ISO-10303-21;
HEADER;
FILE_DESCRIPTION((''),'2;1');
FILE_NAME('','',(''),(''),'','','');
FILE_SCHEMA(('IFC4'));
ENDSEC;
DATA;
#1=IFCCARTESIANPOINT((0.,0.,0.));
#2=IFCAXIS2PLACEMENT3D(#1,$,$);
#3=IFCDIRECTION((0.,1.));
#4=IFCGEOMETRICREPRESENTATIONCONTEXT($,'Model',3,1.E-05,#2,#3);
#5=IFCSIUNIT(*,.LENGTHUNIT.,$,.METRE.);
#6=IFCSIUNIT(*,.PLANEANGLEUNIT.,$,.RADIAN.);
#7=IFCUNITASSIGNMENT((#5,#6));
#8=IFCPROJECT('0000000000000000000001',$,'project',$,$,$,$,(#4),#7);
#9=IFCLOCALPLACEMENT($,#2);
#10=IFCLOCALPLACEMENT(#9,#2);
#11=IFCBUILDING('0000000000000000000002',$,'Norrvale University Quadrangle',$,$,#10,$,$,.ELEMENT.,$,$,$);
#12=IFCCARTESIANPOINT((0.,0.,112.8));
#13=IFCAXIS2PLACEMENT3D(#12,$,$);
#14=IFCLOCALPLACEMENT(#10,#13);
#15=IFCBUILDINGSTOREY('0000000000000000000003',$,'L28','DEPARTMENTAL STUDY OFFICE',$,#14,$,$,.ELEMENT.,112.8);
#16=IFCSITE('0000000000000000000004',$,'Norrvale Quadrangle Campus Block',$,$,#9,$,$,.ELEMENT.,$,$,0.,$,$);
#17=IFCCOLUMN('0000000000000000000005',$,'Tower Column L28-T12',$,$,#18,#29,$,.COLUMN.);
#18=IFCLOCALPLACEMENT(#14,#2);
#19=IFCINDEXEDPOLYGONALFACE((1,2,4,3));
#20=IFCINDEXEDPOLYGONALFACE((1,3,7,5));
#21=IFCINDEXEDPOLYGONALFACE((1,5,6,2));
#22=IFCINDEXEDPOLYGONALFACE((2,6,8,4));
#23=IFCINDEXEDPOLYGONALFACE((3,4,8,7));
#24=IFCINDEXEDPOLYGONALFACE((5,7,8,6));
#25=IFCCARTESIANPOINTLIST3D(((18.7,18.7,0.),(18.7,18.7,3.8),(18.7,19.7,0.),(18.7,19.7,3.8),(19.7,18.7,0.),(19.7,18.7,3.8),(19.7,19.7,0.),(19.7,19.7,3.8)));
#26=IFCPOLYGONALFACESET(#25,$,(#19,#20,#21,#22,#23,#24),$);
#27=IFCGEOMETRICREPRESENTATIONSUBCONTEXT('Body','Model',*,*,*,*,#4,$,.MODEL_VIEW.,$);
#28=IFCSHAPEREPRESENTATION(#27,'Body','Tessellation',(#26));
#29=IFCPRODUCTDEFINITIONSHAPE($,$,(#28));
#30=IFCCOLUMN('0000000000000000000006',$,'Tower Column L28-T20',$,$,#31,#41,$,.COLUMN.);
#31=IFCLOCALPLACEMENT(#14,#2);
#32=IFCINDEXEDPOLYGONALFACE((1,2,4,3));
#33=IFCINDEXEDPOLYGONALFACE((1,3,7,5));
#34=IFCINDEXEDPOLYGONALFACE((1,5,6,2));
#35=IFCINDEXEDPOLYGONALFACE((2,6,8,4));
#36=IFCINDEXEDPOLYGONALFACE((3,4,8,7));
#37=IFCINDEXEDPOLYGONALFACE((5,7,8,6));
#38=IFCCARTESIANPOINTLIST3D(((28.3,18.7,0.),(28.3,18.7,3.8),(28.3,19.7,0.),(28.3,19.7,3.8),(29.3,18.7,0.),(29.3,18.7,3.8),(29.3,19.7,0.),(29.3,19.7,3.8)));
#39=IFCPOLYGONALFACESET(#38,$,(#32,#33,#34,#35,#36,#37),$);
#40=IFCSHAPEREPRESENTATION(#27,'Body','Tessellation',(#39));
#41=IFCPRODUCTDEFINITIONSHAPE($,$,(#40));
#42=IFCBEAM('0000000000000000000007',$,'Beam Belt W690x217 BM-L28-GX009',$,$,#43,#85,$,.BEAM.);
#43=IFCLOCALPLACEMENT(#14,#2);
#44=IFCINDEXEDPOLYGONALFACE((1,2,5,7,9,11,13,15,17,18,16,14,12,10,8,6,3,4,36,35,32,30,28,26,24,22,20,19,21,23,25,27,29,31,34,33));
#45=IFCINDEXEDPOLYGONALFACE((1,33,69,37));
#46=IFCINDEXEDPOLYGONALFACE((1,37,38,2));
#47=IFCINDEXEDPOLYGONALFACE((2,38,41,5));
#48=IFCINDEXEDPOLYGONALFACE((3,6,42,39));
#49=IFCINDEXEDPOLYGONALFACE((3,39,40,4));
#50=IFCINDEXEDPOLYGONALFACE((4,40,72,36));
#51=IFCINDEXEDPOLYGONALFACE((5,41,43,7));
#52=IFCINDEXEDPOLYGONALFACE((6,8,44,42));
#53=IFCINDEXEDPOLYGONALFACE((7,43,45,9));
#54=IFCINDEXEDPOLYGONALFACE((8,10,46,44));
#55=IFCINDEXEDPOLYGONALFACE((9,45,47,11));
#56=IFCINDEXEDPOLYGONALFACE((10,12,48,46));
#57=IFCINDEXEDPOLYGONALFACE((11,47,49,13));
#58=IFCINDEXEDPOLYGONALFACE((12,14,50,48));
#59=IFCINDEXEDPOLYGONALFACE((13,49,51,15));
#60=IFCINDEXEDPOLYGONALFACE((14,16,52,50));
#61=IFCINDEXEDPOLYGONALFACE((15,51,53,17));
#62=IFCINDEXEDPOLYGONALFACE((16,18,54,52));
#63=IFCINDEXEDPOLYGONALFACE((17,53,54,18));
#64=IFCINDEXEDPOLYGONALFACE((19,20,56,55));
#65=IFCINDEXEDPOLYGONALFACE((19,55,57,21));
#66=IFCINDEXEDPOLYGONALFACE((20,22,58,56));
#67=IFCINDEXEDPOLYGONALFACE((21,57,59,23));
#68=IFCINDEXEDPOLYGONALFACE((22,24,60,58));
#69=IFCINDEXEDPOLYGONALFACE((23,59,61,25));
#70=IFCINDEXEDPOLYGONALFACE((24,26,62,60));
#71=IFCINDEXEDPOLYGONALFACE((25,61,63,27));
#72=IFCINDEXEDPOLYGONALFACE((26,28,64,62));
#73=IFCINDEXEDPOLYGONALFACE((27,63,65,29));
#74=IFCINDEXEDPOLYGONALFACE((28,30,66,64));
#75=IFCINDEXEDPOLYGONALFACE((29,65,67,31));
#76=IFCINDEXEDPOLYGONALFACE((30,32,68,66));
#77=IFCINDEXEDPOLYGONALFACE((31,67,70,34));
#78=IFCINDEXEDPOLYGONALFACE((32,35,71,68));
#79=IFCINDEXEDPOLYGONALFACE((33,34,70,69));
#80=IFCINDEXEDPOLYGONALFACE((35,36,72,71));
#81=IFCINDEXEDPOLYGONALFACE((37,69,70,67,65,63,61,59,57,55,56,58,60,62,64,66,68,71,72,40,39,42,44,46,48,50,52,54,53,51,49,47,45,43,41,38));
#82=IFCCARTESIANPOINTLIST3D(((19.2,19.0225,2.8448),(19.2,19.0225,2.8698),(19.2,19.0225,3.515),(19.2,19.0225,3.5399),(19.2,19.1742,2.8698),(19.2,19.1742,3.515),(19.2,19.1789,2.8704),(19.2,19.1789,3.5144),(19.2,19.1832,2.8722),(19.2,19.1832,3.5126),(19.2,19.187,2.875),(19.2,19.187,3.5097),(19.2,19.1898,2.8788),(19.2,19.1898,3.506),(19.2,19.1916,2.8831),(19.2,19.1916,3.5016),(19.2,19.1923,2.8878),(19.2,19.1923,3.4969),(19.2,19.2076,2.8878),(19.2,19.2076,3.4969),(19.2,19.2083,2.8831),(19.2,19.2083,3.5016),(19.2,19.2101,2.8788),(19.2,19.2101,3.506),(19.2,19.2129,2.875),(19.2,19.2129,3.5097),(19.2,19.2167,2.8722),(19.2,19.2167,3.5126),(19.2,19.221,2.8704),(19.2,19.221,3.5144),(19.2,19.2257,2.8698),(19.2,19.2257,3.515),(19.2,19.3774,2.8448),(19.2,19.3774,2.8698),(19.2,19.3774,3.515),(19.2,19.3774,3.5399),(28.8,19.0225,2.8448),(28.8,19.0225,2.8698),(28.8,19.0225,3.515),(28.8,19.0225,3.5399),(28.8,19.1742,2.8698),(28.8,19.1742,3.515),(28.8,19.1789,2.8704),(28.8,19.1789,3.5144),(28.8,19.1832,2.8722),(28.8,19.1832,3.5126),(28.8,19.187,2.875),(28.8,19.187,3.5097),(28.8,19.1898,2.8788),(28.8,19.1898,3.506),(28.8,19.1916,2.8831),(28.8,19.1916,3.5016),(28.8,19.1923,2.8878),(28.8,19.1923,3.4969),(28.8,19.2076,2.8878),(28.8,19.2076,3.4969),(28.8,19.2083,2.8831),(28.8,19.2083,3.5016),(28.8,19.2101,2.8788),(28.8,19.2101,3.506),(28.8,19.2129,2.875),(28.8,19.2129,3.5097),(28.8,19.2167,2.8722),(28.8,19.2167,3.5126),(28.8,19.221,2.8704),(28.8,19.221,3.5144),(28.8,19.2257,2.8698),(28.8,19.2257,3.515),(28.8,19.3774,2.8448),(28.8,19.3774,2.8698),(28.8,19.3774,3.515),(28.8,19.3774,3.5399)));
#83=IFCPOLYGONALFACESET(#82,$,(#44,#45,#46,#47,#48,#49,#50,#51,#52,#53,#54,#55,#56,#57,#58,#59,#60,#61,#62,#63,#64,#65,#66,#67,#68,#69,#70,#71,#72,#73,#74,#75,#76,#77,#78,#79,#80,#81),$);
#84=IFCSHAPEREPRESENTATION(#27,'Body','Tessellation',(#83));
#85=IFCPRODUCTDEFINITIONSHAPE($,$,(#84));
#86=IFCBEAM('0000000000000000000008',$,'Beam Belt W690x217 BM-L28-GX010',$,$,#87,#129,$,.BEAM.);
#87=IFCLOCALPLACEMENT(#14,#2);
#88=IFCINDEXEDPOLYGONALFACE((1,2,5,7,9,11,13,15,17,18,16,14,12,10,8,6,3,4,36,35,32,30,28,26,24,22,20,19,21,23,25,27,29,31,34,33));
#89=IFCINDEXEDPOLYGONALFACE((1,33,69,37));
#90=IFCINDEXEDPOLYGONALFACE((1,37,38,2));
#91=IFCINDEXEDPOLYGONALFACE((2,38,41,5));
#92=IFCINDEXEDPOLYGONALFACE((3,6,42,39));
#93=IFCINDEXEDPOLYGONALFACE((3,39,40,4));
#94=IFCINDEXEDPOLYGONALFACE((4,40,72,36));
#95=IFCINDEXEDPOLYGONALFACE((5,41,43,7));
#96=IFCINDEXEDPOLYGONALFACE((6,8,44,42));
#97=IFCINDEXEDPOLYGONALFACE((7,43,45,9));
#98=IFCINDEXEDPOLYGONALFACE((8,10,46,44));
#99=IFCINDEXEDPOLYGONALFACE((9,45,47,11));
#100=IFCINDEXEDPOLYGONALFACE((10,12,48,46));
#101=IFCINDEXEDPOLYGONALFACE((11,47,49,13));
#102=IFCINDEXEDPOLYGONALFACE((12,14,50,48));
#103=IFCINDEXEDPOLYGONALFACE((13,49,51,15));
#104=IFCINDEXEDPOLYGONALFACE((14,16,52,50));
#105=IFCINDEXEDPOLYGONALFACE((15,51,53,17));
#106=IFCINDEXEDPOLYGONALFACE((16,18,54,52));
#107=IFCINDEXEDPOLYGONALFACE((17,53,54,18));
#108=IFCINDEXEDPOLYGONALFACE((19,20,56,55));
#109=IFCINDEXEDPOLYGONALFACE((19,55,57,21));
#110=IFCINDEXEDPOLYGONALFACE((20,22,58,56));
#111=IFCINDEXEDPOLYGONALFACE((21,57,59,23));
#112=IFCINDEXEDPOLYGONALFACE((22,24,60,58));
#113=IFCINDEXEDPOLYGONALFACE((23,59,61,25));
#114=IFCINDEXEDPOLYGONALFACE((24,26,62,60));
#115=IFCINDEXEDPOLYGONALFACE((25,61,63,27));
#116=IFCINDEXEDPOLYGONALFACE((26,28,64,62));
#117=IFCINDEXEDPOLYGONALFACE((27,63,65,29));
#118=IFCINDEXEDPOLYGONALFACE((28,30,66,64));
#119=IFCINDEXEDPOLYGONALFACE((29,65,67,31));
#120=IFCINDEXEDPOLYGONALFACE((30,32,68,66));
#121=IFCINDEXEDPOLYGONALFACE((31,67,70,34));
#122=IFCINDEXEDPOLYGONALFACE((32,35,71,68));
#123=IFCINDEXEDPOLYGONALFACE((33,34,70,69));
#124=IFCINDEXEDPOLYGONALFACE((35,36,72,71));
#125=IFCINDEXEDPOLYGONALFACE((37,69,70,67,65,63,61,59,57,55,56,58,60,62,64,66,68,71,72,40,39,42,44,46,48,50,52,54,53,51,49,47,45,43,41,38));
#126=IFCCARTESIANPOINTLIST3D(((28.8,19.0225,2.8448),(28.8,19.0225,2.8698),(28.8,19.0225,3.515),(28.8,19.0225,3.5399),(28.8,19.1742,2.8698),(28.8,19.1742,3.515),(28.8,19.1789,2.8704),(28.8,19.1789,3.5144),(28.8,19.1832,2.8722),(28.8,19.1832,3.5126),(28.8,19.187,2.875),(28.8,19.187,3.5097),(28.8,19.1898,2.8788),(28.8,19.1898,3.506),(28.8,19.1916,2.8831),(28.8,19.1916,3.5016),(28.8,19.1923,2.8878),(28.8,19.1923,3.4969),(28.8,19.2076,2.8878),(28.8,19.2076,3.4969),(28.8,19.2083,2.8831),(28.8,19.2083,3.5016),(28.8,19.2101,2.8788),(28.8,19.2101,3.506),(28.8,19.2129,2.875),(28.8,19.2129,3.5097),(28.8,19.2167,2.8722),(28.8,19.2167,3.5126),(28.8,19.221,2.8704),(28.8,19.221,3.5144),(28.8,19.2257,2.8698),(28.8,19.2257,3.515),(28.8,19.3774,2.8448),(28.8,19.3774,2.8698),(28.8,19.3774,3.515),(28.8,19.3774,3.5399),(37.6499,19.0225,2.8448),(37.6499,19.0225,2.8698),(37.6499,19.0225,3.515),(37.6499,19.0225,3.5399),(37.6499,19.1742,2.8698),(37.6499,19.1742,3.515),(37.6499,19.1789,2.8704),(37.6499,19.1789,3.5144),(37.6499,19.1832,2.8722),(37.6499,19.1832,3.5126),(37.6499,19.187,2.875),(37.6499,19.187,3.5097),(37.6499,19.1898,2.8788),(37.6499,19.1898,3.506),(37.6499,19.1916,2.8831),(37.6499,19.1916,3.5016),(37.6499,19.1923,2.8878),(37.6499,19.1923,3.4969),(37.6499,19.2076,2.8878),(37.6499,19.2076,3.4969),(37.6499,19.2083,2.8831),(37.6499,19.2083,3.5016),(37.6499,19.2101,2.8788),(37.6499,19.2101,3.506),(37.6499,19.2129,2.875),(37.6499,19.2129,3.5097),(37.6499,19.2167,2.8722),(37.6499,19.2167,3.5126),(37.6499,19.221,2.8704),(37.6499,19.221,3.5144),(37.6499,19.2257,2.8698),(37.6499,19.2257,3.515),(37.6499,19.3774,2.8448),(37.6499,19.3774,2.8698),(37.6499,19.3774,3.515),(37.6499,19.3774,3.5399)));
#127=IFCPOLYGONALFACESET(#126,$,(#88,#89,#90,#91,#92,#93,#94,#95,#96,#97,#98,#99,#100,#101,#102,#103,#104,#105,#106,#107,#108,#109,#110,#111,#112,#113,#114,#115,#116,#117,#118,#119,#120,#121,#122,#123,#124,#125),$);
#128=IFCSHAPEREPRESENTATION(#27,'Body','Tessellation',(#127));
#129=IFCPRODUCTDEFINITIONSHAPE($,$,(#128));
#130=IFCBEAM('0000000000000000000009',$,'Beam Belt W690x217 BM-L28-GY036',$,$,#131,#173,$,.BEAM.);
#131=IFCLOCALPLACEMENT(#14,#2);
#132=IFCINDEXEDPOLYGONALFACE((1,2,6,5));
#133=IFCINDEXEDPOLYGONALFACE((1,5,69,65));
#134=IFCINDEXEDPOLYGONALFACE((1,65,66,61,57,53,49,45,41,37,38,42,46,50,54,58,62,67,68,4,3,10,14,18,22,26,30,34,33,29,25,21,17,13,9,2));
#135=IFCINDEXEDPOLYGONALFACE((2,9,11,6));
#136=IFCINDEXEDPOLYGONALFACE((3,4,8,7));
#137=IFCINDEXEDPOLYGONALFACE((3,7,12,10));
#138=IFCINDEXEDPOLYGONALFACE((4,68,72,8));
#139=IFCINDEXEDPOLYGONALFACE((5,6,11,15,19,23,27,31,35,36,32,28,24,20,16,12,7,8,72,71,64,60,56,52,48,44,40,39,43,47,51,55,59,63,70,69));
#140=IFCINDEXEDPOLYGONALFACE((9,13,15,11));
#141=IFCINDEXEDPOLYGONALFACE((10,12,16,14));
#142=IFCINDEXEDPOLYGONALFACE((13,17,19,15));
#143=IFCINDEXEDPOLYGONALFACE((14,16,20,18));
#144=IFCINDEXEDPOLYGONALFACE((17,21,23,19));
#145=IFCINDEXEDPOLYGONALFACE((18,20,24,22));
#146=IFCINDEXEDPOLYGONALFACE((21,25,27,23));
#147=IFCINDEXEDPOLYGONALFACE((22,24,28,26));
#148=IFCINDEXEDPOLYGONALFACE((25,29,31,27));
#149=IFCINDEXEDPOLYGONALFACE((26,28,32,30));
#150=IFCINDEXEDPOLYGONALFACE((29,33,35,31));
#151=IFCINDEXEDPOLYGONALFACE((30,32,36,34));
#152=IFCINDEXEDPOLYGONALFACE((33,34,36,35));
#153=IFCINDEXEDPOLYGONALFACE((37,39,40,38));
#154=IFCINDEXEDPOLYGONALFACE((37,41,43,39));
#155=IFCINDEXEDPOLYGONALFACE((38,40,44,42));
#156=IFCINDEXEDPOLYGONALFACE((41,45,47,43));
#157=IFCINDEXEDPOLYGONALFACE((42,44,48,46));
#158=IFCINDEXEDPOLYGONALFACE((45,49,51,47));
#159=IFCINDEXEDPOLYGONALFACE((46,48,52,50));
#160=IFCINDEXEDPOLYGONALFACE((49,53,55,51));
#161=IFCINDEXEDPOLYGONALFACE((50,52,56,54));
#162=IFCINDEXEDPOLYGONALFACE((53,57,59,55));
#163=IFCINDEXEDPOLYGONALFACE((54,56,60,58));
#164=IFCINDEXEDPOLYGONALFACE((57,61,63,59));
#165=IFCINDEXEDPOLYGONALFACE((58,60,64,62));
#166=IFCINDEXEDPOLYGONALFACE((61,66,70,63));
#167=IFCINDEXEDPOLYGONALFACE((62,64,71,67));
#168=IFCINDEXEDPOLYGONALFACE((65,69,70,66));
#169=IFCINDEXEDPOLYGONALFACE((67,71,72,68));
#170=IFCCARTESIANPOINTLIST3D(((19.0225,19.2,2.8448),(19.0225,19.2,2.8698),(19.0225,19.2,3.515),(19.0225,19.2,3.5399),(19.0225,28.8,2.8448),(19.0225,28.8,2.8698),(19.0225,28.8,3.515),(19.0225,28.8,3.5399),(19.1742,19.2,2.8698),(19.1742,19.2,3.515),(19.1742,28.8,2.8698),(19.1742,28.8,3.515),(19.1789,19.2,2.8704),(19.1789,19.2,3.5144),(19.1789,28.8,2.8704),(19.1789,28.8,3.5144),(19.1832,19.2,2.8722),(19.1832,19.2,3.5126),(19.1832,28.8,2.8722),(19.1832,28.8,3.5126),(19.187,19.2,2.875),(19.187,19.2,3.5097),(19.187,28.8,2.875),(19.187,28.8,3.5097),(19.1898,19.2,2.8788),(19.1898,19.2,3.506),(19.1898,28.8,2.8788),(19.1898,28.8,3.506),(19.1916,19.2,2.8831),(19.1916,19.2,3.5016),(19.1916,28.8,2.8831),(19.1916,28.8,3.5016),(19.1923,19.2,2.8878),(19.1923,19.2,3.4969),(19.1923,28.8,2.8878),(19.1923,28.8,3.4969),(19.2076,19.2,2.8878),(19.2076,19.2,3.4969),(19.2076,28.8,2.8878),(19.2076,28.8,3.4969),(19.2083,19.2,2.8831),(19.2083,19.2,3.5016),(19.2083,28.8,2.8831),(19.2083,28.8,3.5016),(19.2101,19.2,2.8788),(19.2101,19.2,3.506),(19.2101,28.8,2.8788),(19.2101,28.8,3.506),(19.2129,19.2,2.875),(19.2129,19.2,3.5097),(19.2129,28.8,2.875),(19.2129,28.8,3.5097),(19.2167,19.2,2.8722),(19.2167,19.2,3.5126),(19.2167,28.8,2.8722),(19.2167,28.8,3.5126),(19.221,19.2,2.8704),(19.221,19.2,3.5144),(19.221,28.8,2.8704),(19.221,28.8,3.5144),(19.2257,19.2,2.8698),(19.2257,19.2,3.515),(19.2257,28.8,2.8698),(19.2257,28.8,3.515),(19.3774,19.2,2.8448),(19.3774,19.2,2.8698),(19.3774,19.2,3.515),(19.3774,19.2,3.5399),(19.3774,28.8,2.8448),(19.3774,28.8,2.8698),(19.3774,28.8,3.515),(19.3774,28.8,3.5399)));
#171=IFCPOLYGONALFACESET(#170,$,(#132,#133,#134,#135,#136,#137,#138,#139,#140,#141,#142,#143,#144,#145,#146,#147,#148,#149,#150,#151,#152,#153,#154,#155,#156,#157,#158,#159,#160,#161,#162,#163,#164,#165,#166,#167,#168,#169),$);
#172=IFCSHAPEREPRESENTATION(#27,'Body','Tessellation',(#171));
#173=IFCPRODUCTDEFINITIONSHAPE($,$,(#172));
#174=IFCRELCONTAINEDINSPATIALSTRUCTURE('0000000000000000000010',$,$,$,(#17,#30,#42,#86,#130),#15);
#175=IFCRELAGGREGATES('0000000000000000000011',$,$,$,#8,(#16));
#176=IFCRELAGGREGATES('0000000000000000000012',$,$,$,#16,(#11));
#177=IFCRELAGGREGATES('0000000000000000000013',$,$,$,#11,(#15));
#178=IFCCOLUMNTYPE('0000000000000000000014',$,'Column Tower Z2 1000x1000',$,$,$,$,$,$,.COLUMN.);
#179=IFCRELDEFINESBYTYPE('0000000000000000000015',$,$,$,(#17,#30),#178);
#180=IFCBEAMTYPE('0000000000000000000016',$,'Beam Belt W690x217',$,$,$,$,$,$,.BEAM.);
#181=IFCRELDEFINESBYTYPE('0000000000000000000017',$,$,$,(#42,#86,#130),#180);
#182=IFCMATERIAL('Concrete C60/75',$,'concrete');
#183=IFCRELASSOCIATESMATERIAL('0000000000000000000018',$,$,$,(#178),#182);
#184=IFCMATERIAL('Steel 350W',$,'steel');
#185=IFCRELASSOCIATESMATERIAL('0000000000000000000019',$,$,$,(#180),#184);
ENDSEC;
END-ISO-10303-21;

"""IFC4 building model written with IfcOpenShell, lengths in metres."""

from ifc_helpers import new_model, si_unit, direction, frame, origin, origin_2d, place, context, subcontext, project, spatial, rectangle, i_section, extrude, material, material_profile, profile_set, type_object, element, save


model = new_model("IFC4")

# Units and contexts
model_context = context("Model", 3, precision=1e-05, world=origin(), true_north=direction((0.0, 1.0)))
body_context = subcontext(model_context, "Body", "Model", "MODEL_VIEW")
ifc_project = project(units=[si_unit("LENGTHUNIT", "METRE"), si_unit("PLANEANGLEUNIT", "RADIAN")], contexts=[model_context])

# Site, building, storey
site_placement = place(None, origin())
site = spatial("IfcSite", under=ifc_project, at=site_placement, Name="Norrvale Quadrangle Campus Block", CompositionType="ELEMENT", RefElevation=0.0)
building_placement = place(site_placement, origin())
building = spatial("IfcBuilding", under=site, at=building_placement, Name="Norrvale University Quadrangle", CompositionType="ELEMENT")
storey_placement = place(building_placement, frame((0.0, 0.0, 112.8)))
storey = spatial("IfcBuildingStorey", under=building, at=storey_placement, Name="L28", Description="DEPARTMENTAL STUDY OFFICE", CompositionType="ELEMENT", Elevation=112.8)

# Columns
ifc_material_1 = material(Name="Concrete C60/75", Category="concrete")
ifc_material_profile_1 = material_profile(ifc_material_1, rectangle(XDim=1.0, YDim=1.0, at=origin_2d()), Name="Concrete C60/75")
ifc_profile_set_1 = profile_set([ifc_material_profile_1], Name="Concrete C60/75")
column_type = type_object("IfcColumnType", Name="Column Tower Z2 1000x1000", PredefinedType="COLUMN", material=ifc_profile_set_1)
for number, where, z_axis, x_axis, name in (
    (1, (19.2, 19.2, 0.0), (0.0, 0.0, 1.0), (1.0, 0.0, 0.0), "Tower Column L28-T12"),
    (2, (28.8, 19.2, 0.0), (0.0, 0.0, 1.0), (1.0, 0.0, 0.0), "Tower Column L28-T20"),
):
    element("IfcColumn", number, at=place(storey_placement, frame(where, z_axis=z_axis, x_axis=x_axis)), inside=storey, type_object=column_type, Name=name, PredefinedType="COLUMN", context=body_context, shape_type="SweptSolid", body=[
        extrude(rectangle(XDim=1.0, YDim=1.0, at=origin_2d()), origin(), (0.0, 0.0, 1.0), 3.8),
    ])

# Beams
ifc_material_2 = material(Name="Steel 350W", Category="steel")
ifc_material_profile_2 = material_profile(ifc_material_2, i_section(OverallWidth=0.355, OverallDepth=0.6951, WebThickness=0.0154, FlangeThickness=0.0249, FilletRadius=0.0181, at=origin_2d()), Name="Steel 350W")
ifc_profile_set_2 = profile_set([ifc_material_profile_2], Name="Steel 350W")
beam_type_1 = type_object("IfcBeamType", Name="Beam Belt W690x217", PredefinedType="BEAM", material=ifc_profile_set_2)
beam_1_placement = place(storey_placement, frame((19.2, 19.2, 3.1924), z_axis=(1.0, 0.0, 0.0), x_axis=(0.0, 1.0, 0.0)))
element("IfcBeam", 3, at=beam_1_placement, inside=storey, type_object=beam_type_1, Name="Beam Belt W690x217 BM-L28-GX009", PredefinedType="BEAM", context=body_context, shape_type="SweptSolid", body=[
    extrude(i_section(OverallWidth=0.355, OverallDepth=0.6951, WebThickness=0.0154, FlangeThickness=0.0249, FilletRadius=0.0181, at=origin_2d()), origin(), (0.0, 0.0, 1.0), 9.6001),
])
beam_2_placement = place(storey_placement, frame((28.8, 19.2, 3.1924), z_axis=(1.0, 0.0, 0.0), x_axis=(0.0, 1.0, 0.0)))
element("IfcBeam", 4, at=beam_2_placement, inside=storey, type_object=beam_type_1, Name="Beam Belt W690x217 BM-L28-GX010", PredefinedType="BEAM", context=body_context, shape_type="SweptSolid", body=[
    extrude(i_section(OverallWidth=0.355, OverallDepth=0.6951, WebThickness=0.0154, FlangeThickness=0.0249, FilletRadius=0.0181, at=origin_2d()), origin(), (0.0, 0.0, 1.0), 8.8499),
])
for number, where, z_axis, x_axis, name in (
    (5, (19.2, 19.2, 3.1924), (0.0, 1.0, 0.0), (-1.0, 0.0, 0.0), "Beam Belt W690x217 BM-L28-GY036"),
):
    element("IfcBeam", number, at=place(storey_placement, frame(where, z_axis=z_axis, x_axis=x_axis)), inside=storey, type_object=beam_type_1, Name=name, PredefinedType="BEAM", context=body_context, shape_type="SweptSolid", body=[
        extrude(i_section(OverallWidth=0.355, OverallDepth=0.6951, WebThickness=0.0154, FlangeThickness=0.0249, FilletRadius=0.0181, at=origin_2d()), origin(), (0.0, 0.0, 1.0), 9.6001),
    ])

save(model, "model.ifc")
